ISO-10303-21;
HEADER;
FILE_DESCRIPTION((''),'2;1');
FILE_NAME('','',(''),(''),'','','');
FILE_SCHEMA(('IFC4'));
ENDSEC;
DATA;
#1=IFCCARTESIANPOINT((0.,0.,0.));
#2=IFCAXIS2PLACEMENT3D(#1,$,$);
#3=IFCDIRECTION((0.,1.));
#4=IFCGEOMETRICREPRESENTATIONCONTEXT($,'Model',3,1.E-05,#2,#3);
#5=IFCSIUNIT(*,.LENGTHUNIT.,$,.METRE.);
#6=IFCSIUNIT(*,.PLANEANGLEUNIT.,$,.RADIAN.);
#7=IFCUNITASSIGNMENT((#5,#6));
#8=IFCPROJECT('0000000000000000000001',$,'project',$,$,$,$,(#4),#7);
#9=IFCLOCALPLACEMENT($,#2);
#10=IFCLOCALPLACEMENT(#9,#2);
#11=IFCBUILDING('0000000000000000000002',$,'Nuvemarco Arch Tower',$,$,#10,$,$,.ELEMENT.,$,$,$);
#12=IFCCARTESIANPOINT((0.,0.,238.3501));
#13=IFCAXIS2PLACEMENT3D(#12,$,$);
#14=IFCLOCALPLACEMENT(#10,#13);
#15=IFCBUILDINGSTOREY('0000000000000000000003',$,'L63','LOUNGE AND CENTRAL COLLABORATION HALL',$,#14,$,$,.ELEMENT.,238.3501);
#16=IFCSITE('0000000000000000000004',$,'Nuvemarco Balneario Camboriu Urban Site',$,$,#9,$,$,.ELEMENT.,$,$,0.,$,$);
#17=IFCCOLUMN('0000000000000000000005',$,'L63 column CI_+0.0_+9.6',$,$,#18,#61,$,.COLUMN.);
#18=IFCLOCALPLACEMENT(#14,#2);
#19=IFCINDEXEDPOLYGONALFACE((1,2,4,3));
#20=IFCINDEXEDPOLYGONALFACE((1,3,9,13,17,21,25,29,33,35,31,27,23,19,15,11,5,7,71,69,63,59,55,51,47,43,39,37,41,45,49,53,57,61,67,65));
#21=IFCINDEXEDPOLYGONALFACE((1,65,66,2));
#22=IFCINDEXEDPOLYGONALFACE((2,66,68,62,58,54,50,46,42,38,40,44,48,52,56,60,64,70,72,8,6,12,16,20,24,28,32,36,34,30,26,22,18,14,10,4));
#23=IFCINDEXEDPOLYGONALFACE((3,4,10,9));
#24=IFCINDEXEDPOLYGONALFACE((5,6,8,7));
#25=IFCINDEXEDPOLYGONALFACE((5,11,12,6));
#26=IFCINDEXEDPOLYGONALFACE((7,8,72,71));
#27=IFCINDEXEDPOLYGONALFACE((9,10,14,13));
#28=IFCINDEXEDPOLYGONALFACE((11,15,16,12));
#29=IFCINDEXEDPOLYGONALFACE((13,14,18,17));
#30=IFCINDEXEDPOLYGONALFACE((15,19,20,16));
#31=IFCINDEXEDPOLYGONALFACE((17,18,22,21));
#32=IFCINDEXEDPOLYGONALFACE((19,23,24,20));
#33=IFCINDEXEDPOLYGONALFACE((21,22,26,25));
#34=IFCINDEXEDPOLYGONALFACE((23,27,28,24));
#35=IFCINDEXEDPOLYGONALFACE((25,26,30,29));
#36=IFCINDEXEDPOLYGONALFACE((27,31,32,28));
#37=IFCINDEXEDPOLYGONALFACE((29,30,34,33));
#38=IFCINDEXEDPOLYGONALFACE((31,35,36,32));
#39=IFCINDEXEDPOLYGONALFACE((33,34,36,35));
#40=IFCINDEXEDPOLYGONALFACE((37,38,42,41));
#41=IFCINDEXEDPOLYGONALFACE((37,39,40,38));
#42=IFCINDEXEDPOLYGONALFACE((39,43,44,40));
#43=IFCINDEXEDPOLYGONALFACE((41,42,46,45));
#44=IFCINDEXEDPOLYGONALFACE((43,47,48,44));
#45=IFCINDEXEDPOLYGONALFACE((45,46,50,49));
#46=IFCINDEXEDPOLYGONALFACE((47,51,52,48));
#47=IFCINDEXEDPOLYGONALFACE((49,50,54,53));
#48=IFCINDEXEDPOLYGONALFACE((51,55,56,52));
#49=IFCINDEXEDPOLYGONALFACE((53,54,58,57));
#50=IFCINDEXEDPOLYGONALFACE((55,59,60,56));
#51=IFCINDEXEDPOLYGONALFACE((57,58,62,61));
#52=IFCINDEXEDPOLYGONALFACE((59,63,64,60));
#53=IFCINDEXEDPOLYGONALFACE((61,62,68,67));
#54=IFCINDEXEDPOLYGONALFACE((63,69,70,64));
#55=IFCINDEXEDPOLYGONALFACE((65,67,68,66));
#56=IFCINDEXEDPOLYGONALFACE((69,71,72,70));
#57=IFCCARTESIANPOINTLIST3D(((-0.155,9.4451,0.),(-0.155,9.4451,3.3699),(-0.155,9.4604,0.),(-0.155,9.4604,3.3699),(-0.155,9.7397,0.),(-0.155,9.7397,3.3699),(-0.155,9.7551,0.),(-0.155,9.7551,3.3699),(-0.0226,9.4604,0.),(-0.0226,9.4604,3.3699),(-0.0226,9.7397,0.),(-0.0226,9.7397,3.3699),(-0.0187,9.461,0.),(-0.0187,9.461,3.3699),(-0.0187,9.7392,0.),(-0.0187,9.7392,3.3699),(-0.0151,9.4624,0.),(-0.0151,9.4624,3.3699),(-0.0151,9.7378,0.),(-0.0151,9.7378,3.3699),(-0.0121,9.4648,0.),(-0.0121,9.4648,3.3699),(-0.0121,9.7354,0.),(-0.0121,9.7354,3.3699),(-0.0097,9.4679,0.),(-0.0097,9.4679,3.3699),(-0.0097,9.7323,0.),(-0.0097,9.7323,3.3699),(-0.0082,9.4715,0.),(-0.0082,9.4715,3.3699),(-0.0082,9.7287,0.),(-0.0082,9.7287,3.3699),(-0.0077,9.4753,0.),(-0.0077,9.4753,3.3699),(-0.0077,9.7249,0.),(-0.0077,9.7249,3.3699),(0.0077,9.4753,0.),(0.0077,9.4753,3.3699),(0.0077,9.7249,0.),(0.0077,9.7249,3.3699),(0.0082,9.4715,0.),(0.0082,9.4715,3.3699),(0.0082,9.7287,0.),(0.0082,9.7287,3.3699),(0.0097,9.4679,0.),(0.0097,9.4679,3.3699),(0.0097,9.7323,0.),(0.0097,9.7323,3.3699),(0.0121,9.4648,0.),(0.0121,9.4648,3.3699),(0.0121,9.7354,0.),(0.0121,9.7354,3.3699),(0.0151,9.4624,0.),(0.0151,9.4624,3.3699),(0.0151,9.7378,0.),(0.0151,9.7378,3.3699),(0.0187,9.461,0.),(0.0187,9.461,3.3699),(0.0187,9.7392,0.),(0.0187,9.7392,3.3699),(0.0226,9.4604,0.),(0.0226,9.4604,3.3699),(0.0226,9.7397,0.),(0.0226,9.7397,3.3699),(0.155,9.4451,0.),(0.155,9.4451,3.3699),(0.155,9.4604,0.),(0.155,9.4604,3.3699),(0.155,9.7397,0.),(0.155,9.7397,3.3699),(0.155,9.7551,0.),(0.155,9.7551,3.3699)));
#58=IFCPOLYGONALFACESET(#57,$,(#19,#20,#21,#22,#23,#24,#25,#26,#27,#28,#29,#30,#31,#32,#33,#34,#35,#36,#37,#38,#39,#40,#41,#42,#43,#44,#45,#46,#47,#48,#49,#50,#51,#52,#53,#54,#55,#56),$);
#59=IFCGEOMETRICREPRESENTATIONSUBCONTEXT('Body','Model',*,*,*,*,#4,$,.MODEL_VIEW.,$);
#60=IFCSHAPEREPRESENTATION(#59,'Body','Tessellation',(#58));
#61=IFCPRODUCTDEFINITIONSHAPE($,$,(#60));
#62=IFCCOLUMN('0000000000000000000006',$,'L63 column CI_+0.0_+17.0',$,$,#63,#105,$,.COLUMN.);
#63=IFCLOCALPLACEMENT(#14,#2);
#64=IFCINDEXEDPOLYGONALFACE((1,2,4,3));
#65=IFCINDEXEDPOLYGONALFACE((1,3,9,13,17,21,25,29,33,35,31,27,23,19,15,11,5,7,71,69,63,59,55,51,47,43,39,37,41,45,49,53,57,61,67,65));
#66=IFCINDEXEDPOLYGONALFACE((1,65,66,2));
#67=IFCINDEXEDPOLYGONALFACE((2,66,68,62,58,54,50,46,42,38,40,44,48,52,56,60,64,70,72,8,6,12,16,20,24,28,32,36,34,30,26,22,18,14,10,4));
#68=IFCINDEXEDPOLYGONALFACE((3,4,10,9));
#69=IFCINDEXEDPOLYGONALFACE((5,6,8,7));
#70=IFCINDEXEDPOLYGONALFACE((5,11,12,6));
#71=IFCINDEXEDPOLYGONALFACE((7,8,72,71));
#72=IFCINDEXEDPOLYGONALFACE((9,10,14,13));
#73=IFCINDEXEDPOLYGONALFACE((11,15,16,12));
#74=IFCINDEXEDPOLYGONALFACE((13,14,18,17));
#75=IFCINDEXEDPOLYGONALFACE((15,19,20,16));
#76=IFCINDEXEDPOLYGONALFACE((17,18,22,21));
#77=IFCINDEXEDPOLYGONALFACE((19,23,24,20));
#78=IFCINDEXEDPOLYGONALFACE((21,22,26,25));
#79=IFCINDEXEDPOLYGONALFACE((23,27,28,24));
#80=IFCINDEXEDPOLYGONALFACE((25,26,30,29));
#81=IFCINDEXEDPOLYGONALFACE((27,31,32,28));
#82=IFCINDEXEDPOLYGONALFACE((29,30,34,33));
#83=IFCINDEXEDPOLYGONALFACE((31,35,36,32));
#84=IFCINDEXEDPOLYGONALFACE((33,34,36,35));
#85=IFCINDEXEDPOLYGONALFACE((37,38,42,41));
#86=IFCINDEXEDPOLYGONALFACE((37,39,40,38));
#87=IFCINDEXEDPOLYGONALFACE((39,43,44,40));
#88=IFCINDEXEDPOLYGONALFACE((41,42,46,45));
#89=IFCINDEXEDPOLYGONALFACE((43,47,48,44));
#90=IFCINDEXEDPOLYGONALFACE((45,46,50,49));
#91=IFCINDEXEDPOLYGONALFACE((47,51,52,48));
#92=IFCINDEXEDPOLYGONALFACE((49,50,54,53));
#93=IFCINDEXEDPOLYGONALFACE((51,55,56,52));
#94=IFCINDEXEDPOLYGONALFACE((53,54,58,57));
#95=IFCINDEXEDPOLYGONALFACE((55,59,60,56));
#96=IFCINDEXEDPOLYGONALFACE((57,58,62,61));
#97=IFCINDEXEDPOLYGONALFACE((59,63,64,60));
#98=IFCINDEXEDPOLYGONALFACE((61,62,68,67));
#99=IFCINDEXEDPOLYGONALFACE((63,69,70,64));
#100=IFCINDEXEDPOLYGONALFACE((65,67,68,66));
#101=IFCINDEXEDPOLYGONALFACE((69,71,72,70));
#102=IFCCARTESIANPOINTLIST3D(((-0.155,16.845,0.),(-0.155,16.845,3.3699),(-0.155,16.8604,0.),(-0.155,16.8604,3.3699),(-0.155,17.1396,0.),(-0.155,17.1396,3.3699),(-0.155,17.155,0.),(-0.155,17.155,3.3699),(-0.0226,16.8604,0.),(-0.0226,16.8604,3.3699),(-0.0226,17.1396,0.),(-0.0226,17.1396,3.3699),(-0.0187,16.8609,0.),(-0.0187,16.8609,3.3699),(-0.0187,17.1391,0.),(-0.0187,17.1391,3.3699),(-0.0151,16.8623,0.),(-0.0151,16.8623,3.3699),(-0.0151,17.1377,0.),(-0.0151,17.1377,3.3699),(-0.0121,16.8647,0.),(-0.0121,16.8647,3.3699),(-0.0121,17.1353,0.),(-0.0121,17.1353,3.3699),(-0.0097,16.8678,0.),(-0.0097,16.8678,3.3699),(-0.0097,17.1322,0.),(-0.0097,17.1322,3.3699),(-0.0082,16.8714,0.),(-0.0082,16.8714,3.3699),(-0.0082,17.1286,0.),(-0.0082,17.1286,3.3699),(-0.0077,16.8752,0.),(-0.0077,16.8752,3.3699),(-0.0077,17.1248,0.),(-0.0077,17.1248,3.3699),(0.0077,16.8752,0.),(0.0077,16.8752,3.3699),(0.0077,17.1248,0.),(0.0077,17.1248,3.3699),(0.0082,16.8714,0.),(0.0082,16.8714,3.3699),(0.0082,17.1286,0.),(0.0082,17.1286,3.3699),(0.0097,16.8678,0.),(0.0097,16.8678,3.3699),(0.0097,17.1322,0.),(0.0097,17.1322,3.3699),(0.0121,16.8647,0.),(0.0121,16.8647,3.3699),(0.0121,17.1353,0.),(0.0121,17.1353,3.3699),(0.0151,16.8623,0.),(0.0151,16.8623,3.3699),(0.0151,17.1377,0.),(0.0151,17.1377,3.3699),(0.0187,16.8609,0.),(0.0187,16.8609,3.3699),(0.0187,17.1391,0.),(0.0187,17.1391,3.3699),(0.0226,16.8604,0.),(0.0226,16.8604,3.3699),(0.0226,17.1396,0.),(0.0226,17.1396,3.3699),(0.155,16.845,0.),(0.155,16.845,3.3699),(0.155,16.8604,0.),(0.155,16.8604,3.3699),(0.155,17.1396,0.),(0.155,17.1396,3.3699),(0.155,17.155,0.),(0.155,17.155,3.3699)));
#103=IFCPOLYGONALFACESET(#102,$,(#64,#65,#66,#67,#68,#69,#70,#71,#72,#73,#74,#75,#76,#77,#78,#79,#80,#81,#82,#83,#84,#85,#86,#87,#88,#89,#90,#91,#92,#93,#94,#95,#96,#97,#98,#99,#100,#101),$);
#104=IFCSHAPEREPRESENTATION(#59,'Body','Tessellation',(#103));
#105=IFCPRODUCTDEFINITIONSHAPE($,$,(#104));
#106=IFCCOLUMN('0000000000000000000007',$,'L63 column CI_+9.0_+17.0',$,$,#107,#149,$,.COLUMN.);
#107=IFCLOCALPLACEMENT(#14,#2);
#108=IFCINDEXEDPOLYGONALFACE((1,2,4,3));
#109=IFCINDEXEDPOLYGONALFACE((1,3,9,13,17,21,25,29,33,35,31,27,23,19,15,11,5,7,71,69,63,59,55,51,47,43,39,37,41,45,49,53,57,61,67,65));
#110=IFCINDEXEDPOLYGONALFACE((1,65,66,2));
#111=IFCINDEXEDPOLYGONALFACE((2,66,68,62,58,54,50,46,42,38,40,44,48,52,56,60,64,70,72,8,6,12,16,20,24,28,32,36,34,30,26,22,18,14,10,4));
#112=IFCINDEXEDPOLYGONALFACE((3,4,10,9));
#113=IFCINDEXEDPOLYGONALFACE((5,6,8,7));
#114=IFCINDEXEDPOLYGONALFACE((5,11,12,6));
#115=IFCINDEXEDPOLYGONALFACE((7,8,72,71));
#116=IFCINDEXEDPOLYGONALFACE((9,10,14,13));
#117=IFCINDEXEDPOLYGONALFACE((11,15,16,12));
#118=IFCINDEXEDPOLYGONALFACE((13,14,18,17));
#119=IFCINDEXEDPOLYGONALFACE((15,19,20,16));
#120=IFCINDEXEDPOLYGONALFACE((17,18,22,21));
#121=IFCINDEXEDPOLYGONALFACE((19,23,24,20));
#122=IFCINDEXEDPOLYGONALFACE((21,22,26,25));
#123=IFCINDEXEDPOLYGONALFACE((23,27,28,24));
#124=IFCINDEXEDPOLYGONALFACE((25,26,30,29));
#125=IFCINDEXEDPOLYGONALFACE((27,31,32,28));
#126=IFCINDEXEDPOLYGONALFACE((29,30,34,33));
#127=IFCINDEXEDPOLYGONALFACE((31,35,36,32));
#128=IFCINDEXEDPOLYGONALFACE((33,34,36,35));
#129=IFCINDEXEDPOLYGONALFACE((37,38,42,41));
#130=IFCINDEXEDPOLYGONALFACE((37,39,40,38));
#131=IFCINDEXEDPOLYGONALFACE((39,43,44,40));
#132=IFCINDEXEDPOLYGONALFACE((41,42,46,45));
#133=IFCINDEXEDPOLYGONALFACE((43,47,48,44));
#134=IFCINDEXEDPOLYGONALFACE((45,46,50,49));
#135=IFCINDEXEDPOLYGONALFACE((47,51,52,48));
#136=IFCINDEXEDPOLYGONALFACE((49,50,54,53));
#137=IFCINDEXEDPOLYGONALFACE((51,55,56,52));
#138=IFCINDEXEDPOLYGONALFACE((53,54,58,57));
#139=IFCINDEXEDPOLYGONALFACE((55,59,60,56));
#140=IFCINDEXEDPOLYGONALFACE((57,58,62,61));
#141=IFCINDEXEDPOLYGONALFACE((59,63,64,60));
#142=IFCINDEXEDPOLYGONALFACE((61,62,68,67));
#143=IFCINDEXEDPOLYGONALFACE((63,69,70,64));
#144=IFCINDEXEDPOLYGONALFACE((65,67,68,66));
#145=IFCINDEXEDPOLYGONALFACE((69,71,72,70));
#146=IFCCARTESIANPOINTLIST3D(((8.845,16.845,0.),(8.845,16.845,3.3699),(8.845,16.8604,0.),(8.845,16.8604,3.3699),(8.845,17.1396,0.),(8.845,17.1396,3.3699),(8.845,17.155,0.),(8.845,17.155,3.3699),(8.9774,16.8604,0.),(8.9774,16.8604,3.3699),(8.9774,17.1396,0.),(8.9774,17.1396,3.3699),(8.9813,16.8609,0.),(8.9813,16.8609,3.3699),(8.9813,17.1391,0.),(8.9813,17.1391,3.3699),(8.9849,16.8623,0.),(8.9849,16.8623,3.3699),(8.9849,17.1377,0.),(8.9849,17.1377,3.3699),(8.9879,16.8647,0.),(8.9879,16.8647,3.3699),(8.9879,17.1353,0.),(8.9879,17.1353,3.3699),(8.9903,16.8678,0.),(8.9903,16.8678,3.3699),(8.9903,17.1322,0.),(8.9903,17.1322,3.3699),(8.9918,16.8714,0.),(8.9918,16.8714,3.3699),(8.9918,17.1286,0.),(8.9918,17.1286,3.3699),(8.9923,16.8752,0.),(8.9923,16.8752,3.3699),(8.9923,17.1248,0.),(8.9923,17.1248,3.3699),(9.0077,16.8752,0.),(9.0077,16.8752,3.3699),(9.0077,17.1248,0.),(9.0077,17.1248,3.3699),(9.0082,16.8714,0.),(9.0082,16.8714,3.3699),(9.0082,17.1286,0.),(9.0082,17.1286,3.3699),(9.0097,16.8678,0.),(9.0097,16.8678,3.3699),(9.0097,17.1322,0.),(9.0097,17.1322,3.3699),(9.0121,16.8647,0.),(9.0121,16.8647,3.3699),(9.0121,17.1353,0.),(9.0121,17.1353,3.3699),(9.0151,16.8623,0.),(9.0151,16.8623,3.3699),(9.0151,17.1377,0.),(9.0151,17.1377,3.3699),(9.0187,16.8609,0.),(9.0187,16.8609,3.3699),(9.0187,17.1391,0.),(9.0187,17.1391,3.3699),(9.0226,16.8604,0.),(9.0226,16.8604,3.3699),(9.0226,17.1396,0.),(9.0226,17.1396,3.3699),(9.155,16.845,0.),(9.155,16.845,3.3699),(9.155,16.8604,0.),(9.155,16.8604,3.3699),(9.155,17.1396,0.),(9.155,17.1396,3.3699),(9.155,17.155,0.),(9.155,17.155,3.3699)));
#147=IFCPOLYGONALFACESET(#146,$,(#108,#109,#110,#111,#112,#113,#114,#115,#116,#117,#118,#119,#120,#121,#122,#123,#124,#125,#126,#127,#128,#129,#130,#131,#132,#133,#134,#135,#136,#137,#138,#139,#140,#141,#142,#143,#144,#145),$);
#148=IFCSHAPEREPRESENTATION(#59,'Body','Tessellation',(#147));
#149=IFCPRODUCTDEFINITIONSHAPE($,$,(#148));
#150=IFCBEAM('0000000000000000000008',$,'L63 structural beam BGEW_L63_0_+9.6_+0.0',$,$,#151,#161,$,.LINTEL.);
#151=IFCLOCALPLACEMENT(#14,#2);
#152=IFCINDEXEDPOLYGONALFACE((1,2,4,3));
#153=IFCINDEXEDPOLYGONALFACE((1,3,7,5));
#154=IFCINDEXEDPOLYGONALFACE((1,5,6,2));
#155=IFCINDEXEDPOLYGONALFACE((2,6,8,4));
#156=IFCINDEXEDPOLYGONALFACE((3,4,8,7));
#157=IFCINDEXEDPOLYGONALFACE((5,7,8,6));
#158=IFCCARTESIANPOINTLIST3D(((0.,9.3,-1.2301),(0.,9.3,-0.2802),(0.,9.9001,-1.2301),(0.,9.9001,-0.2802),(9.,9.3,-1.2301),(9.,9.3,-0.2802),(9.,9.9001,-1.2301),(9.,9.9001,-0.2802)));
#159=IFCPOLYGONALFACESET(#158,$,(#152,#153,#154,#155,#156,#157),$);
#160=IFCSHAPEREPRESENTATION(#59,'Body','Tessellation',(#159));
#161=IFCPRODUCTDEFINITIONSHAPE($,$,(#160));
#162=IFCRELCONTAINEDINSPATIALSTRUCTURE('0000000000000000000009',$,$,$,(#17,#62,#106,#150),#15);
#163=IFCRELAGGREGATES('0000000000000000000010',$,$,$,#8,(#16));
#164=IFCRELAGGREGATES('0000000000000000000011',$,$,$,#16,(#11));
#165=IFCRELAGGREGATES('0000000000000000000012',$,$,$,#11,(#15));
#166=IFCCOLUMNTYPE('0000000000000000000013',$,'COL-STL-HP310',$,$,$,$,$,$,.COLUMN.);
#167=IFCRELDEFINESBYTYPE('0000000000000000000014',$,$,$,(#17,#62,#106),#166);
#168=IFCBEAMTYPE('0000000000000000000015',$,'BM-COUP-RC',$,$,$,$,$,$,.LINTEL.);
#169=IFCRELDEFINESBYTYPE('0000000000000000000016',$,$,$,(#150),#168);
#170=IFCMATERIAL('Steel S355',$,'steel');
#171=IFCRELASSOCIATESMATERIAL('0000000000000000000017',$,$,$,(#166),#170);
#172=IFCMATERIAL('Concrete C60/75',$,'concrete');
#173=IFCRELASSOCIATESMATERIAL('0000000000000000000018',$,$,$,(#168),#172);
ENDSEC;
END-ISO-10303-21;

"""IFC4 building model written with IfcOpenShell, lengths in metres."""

from ifc_helpers import new_model, si_unit, direction, frame, origin, origin_2d, place, context, subcontext, project, spatial, rectangle, i_section, extrude, material, material_profile, profile_set, type_object, element, save


model = new_model("IFC4")

# Units and contexts
model_context = context("Model", 3, precision=1e-05, world=origin(), true_north=direction((0.0, 1.0)))
body_context = subcontext(model_context, "Body", "Model", "MODEL_VIEW")
ifc_project = project(units=[si_unit("LENGTHUNIT", "METRE"), si_unit("PLANEANGLEUNIT", "RADIAN")], contexts=[model_context])

# Site, building, storey
site_placement = place(None, origin())
site = spatial("IfcSite", under=ifc_project, at=site_placement, Name="Nuvemarco Balneario Camboriu Urban Site", CompositionType="ELEMENT", RefElevation=0.0)
building_placement = place(site_placement, origin())
building = spatial("IfcBuilding", under=site, at=building_placement, Name="Nuvemarco Arch Tower", CompositionType="ELEMENT")
storey_placement = place(building_placement, frame((0.0, 0.0, 238.3501)))
storey = spatial("IfcBuildingStorey", under=building, at=storey_placement, Name="L63", Description="LOUNGE AND CENTRAL COLLABORATION HALL", CompositionType="ELEMENT", Elevation=238.3501)

# Columns
ifc_material_1 = material(Name="Steel S355", Category="steel")
ifc_material_profile_1 = material_profile(ifc_material_1, i_section(OverallWidth=0.3101, OverallDepth=0.3101, WebThickness=0.0154, FlangeThickness=0.0154, FilletRadius=0.0149, at=origin_2d()), Name="HP310x110")
ifc_profile_set_1 = profile_set([ifc_material_profile_1], Name="Steel S355")
column_type_1 = type_object("IfcColumnType", Name="COL-STL-HP310", PredefinedType="COLUMN", material=ifc_profile_set_1)
for number, where, z_axis, x_axis, name in (
    (1, (0.0, 9.6001, 0.0), (0.0, 0.0, 1.0), (1.0, 0.0, 0.0), "L63 column CI_+0.0_+9.6"),
    (2, (0.0, 17.0, 0.0), (0.0, 0.0, 1.0), (1.0, 0.0, 0.0), "L63 column CI_+0.0_+17.0"),
    (3, (9.0, 17.0, 0.0), (0.0, 0.0, 1.0), (1.0, 0.0, 0.0), "L63 column CI_+9.0_+17.0"),
):
    element("IfcColumn", number, at=place(storey_placement, frame(where, z_axis=z_axis, x_axis=x_axis)), inside=storey, type_object=column_type_1, Name=name, PredefinedType="COLUMN", context=body_context, shape_type="SweptSolid", body=[
        extrude(i_section(OverallWidth=0.3101, OverallDepth=0.3101, WebThickness=0.0154, FlangeThickness=0.0154, FilletRadius=0.0149, at=origin_2d()), origin(), (0.0, 0.0, 1.0), 3.3699),
    ])

# Beam
ifc_material_2 = material(Name="Concrete C60/75", Category="concrete")
ifc_material_profile_2 = material_profile(ifc_material_2, rectangle(XDim=0.6001, YDim=0.95, at=origin_2d()), Name="RC-BM-600x950")
ifc_profile_set_2 = profile_set([ifc_material_profile_2], Name="Concrete C60/75")
beam_type_1 = type_object("IfcBeamType", Name="BM-COUP-RC", PredefinedType="LINTEL", material=ifc_profile_set_2)
beam_1_placement = place(storey_placement, frame((0.0, 9.6001, -0.7551), z_axis=(1.0, 0.0, 0.0), x_axis=(0.0, 1.0, 0.0)))
element("IfcBeam", 4, at=beam_1_placement, inside=storey, type_object=beam_type_1, Name="L63 structural beam BGEW_L63_0_+9.6_+0.0", PredefinedType="LINTEL", context=body_context, shape_type="SweptSolid", body=[
    extrude(rectangle(XDim=0.6001, YDim=0.95, at=origin_2d()), origin(), (0.0, 0.0, 1.0), 9.0),
])

save(model, "model.ifc")
